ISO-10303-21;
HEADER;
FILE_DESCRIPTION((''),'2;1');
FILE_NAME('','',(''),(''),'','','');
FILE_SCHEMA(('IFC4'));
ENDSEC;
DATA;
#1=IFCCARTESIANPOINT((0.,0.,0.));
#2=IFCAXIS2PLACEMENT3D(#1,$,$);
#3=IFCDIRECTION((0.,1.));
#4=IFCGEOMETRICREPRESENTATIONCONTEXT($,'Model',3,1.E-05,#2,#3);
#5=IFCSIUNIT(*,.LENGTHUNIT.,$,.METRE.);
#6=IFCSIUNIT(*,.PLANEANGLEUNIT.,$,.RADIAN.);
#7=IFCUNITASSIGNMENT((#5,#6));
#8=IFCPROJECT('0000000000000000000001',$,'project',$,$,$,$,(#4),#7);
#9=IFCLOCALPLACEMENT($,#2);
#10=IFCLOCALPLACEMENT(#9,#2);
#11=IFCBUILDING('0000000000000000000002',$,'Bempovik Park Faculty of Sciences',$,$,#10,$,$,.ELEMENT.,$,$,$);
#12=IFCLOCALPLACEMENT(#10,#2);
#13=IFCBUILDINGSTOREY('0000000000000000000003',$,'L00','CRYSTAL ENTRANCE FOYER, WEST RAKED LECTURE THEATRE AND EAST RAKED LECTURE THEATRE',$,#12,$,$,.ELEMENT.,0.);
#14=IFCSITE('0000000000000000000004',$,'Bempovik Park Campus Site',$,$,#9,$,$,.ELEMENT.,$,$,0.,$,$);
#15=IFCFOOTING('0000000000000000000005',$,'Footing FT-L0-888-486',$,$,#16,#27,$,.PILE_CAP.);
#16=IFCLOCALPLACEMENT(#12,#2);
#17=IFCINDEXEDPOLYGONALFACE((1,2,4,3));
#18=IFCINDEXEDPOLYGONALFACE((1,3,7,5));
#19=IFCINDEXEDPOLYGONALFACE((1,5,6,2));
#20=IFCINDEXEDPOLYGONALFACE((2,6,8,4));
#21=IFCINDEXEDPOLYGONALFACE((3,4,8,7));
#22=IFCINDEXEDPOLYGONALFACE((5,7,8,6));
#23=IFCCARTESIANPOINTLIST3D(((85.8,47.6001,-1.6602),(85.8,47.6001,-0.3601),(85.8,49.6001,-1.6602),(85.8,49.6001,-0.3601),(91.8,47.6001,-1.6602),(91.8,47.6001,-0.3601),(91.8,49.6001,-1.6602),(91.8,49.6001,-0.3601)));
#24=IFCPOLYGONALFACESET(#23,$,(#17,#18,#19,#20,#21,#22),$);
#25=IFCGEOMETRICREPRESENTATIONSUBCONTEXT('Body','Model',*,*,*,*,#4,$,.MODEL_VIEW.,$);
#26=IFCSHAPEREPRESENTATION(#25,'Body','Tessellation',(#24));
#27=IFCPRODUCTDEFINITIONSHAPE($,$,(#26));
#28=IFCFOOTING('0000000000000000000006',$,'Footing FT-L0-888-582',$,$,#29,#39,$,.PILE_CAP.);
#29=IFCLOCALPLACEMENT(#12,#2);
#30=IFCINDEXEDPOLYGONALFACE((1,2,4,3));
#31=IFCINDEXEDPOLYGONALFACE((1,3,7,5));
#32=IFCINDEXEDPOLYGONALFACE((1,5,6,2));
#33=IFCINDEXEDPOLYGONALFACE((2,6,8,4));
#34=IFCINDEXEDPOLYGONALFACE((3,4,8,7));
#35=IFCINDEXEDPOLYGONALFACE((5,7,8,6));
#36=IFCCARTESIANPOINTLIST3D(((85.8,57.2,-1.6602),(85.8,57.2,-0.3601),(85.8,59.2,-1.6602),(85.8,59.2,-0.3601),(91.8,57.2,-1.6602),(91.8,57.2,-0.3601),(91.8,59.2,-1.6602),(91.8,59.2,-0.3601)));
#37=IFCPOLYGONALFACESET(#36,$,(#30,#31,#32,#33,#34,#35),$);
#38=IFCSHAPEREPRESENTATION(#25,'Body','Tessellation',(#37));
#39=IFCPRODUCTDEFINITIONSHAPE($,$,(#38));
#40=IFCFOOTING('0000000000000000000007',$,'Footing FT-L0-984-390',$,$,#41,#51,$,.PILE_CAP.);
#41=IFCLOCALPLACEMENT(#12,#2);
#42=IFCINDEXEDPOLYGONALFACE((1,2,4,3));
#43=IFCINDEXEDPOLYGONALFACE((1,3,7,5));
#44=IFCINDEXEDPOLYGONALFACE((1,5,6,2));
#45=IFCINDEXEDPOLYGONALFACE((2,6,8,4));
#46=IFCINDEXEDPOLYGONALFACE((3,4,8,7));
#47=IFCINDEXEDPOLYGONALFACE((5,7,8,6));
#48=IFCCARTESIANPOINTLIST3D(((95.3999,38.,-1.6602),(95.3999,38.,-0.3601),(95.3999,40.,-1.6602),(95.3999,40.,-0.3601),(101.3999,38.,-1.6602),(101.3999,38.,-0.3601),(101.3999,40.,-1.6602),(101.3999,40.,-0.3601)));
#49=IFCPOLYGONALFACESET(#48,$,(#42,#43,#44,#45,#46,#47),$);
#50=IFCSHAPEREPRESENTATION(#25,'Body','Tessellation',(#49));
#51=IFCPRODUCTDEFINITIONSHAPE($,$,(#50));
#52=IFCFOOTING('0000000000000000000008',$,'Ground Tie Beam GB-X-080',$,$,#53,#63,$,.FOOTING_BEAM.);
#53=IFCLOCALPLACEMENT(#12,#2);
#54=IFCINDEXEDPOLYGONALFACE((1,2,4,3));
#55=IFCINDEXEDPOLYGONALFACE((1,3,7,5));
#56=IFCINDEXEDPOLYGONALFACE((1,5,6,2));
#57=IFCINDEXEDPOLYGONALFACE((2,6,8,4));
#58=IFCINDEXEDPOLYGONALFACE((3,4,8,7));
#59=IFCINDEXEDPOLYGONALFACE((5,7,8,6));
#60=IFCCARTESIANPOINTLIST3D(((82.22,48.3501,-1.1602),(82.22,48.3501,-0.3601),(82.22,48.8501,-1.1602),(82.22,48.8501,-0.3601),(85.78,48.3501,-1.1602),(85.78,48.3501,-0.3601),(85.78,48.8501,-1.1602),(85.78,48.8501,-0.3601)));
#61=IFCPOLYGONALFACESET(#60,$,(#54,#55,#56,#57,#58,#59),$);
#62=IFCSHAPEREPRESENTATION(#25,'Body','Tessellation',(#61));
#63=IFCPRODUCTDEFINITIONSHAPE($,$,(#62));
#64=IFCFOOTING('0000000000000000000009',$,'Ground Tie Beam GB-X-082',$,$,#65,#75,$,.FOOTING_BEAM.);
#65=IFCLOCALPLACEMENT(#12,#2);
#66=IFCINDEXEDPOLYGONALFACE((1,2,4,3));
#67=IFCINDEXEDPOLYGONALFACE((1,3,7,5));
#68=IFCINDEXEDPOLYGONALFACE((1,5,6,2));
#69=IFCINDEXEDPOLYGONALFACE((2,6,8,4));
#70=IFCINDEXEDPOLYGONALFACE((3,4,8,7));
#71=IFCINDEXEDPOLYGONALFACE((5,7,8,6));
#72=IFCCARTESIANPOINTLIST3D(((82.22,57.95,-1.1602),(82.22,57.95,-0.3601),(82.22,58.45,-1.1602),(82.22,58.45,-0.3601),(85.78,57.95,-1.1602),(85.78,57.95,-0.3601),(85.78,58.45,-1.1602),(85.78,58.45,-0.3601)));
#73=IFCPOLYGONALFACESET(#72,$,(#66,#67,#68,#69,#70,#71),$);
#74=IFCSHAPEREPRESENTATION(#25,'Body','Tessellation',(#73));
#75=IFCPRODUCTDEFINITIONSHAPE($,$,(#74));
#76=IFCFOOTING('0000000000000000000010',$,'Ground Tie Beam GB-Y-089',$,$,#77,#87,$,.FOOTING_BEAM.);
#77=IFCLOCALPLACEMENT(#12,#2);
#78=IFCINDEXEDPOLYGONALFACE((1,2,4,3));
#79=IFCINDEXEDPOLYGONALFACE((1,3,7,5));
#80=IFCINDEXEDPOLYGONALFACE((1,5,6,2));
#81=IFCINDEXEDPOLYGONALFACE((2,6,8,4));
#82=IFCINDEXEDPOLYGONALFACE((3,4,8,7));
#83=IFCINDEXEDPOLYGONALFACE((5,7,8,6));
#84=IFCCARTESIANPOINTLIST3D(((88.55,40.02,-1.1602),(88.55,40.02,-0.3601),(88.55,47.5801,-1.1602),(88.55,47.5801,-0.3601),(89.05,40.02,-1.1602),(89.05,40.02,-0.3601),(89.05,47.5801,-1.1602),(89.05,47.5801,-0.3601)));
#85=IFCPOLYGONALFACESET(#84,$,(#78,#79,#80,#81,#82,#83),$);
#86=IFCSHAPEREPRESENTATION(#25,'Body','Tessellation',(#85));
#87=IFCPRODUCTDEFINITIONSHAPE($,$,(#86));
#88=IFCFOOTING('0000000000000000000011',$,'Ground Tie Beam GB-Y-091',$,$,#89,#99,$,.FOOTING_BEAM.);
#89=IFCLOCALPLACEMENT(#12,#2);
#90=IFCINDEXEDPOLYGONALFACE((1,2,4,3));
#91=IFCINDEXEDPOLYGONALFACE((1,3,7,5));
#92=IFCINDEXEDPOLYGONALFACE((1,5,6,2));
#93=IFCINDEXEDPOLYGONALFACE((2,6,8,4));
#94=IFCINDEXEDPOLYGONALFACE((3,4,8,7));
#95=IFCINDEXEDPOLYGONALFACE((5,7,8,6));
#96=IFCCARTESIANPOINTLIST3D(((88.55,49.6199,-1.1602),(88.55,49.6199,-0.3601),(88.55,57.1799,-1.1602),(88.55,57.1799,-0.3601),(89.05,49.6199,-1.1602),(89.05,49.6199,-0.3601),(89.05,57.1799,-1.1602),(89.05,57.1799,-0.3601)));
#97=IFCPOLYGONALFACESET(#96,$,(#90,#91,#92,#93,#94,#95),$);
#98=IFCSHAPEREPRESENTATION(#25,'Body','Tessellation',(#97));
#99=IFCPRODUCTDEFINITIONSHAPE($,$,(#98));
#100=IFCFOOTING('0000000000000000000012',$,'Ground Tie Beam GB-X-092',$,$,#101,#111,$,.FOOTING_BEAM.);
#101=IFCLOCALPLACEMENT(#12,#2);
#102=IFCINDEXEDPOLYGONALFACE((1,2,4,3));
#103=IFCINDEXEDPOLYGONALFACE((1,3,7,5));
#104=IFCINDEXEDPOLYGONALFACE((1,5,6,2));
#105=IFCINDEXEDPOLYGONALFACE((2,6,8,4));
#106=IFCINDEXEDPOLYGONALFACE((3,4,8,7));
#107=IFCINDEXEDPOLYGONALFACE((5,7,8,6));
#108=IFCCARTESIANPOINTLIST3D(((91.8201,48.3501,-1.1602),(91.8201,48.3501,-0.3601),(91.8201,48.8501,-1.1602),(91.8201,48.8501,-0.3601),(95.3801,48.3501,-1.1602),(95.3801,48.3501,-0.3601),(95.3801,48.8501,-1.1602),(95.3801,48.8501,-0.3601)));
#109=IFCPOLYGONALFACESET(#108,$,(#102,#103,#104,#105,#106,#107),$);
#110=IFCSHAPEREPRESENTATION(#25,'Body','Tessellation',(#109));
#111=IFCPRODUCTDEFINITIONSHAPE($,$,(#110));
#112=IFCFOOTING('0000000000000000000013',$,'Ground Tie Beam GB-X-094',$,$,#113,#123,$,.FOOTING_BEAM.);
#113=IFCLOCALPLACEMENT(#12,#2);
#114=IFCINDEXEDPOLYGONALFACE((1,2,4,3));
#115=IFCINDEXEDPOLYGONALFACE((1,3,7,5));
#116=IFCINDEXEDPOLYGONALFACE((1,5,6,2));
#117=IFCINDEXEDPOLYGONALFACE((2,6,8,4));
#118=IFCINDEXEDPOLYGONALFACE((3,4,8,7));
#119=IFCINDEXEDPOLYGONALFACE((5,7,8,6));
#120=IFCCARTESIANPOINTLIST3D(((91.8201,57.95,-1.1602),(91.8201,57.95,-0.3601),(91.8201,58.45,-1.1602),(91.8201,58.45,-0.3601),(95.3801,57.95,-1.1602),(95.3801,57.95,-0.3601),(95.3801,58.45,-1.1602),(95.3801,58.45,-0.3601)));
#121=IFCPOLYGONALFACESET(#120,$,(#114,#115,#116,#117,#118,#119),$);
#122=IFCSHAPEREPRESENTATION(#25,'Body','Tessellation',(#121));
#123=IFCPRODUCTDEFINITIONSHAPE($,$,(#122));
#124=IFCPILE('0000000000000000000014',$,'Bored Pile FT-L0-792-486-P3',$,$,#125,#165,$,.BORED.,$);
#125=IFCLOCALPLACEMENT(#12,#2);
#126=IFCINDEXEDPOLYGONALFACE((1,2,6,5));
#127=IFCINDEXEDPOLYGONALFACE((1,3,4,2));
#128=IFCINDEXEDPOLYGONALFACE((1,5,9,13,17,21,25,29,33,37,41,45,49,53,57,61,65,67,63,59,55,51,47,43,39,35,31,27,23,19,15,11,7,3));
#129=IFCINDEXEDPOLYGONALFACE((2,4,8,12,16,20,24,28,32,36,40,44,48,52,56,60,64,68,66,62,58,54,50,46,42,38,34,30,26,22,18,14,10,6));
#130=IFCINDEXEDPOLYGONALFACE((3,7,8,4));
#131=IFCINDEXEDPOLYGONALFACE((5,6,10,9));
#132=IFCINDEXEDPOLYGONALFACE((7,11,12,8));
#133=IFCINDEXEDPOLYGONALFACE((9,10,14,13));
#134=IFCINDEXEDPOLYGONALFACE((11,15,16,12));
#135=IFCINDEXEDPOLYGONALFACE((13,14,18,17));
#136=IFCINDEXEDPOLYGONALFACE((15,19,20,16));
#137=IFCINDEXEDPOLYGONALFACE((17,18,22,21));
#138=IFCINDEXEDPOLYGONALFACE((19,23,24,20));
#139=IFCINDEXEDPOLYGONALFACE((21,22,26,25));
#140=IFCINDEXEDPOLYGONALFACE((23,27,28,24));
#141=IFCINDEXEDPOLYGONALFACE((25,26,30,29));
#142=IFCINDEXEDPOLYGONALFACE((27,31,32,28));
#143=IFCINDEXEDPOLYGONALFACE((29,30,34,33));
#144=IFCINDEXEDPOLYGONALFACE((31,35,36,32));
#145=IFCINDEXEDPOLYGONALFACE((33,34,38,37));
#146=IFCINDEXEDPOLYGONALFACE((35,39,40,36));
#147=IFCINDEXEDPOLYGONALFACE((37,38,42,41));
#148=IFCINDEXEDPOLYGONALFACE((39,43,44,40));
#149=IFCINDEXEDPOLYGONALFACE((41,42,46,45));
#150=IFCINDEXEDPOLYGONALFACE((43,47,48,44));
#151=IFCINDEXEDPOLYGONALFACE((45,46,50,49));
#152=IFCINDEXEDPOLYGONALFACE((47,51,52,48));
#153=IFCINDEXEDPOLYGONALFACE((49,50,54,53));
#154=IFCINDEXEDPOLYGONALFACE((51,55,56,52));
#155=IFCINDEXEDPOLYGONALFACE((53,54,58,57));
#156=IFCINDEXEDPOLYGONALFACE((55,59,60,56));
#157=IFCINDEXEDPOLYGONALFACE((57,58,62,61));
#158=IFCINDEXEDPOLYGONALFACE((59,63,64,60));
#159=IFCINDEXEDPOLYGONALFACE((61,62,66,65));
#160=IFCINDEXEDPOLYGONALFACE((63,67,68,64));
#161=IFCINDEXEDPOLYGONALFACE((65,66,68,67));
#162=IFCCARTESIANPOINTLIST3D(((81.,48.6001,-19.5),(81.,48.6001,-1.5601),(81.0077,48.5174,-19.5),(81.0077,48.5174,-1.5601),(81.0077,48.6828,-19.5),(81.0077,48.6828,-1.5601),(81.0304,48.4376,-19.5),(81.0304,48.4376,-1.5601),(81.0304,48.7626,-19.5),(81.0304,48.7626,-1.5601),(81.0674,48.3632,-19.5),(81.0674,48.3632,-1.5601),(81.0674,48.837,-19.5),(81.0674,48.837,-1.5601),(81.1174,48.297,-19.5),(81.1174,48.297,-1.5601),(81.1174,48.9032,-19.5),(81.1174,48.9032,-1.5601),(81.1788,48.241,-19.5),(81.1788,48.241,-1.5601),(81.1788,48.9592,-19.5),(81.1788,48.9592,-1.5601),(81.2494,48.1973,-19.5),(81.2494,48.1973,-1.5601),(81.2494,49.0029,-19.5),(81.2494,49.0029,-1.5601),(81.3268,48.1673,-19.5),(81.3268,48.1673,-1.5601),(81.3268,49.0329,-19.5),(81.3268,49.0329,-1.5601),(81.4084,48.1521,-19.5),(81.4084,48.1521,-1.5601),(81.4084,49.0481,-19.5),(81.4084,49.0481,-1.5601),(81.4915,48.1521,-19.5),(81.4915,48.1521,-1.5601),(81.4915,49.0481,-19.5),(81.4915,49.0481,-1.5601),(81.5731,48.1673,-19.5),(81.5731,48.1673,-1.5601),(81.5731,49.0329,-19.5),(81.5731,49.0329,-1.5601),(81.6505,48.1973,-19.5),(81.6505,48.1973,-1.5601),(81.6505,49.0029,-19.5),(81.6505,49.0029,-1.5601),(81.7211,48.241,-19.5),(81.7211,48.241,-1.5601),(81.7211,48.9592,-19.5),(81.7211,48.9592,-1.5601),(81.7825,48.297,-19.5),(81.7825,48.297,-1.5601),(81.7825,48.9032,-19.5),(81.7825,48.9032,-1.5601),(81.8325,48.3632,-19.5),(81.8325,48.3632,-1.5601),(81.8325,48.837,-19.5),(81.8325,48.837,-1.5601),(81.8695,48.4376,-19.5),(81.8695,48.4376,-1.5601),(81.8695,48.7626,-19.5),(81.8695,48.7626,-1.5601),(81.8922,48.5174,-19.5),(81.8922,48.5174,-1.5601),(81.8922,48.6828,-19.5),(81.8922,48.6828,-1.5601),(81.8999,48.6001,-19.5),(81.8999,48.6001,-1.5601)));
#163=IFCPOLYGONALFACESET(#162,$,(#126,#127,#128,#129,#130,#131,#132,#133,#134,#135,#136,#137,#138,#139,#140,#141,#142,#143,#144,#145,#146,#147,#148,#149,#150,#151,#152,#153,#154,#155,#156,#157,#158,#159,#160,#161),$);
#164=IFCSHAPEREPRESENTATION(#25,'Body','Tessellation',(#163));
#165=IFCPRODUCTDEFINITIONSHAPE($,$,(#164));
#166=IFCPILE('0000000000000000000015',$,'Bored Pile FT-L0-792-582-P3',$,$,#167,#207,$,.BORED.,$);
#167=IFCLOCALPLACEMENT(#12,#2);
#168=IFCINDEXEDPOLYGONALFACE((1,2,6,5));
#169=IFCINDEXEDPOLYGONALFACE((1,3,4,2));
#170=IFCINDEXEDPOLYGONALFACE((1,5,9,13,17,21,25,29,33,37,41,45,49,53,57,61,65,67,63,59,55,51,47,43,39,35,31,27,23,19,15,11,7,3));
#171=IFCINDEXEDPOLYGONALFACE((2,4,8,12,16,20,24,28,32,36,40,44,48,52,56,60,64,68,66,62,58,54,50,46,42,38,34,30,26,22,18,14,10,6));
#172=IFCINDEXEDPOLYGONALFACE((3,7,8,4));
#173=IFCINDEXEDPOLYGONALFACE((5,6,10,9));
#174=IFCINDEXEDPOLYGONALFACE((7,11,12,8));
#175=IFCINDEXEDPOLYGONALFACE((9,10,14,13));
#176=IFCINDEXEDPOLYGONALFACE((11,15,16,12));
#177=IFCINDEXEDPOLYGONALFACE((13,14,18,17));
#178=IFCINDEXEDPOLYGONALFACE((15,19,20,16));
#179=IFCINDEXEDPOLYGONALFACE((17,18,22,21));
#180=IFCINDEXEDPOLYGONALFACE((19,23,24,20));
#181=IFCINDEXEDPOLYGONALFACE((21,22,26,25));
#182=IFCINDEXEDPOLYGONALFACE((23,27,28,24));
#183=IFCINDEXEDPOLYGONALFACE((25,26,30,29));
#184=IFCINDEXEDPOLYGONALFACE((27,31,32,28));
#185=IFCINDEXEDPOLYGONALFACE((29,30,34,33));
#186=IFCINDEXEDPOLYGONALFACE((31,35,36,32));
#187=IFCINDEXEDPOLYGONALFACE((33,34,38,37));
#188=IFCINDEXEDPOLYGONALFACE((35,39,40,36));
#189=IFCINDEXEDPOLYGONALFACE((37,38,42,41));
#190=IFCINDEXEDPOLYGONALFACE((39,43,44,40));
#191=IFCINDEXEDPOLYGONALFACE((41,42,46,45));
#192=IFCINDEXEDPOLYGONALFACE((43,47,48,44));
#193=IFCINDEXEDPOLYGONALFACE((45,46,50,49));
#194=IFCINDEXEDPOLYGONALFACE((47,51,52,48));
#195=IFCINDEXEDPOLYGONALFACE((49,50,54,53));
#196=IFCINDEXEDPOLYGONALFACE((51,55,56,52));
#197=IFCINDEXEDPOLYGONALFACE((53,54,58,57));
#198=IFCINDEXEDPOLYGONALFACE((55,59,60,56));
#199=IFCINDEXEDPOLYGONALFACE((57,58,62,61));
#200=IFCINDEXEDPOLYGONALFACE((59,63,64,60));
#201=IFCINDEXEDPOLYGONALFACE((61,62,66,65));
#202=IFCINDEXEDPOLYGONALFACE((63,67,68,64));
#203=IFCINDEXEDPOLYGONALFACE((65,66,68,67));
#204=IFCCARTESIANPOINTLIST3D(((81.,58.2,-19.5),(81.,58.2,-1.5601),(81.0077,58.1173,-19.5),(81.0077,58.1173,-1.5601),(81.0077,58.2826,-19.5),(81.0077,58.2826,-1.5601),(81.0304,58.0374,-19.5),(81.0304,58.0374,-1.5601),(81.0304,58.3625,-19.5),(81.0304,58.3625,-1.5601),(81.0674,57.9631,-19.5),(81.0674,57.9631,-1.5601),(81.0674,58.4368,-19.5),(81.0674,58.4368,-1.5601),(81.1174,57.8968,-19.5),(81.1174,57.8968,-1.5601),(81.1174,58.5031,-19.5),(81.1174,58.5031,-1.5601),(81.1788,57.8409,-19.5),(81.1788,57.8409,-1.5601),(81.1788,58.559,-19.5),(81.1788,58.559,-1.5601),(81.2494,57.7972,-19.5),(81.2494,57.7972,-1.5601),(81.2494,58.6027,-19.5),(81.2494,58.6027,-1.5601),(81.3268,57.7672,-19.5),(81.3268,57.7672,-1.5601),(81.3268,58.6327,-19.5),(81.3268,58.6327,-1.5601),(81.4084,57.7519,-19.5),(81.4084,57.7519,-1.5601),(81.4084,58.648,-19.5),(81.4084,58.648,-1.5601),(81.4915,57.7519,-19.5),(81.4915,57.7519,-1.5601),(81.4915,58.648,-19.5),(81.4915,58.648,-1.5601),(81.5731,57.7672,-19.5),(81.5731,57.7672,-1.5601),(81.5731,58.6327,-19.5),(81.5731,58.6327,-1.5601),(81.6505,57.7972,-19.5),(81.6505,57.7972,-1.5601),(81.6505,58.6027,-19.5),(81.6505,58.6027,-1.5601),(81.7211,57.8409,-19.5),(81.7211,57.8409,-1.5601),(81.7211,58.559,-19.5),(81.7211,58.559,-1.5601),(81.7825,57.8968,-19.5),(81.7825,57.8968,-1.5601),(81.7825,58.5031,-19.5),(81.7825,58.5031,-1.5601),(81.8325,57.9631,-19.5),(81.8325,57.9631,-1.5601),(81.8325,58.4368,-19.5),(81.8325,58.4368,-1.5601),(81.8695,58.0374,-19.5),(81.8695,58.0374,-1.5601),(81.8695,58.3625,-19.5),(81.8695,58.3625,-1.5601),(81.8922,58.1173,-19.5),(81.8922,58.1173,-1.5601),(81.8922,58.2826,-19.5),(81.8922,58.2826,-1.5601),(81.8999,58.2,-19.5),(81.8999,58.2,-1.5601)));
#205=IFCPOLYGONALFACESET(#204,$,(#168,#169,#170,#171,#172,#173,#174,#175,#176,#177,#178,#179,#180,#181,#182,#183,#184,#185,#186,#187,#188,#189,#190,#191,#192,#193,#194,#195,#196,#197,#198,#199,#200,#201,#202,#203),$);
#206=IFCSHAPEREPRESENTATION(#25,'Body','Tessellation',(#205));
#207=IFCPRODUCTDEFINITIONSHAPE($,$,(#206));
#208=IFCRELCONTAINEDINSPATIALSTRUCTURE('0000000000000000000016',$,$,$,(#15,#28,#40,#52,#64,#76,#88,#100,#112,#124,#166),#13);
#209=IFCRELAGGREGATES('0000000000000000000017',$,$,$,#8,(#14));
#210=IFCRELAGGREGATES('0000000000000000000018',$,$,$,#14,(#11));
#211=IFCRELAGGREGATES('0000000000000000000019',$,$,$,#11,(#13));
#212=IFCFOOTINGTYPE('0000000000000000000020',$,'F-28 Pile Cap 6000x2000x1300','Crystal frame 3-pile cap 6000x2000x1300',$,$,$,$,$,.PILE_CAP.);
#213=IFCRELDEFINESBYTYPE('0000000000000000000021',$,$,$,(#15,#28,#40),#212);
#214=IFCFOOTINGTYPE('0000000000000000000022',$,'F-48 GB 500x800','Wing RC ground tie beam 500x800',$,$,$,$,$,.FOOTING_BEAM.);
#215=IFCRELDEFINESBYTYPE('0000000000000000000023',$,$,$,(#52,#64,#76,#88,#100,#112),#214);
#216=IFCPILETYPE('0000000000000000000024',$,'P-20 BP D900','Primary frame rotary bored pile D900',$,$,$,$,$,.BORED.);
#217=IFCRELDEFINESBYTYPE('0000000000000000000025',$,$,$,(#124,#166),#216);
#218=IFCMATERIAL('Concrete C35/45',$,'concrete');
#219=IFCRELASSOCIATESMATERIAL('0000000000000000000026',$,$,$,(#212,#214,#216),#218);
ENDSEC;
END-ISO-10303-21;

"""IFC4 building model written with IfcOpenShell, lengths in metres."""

from ifc_helpers import new_model, si_unit, direction, frame, origin, origin_2d, place, context, subcontext, project, spatial, rectangle, circle, extrude, material, material_profile, profile_set, type_object, element, save


model = new_model("IFC4")

# Units and contexts
model_context = context("Model", 3, precision=1e-05, world=origin(), true_north=direction((0.0, 1.0)))
body_context = subcontext(model_context, "Body", "Model", "MODEL_VIEW")
ifc_project = project(units=[si_unit("LENGTHUNIT", "METRE"), si_unit("PLANEANGLEUNIT", "RADIAN")], contexts=[model_context])

# Site, building, storey
site_placement = place(None, origin())
site = spatial("IfcSite", under=ifc_project, at=site_placement, Name="Bempovik Park Campus Site", CompositionType="ELEMENT", RefElevation=0.0)
building_placement = place(site_placement, origin())
building = spatial("IfcBuilding", under=site, at=building_placement, Name="Bempovik Park Faculty of Sciences", CompositionType="ELEMENT")
storey_placement = place(building_placement, origin())
storey = spatial("IfcBuildingStorey", under=building, at=storey_placement, Name="L00", Description="CRYSTAL ENTRANCE FOYER, WEST RAKED LECTURE THEATRE AND EAST RAKED LECTURE THEATRE", CompositionType="ELEMENT", Elevation=0.0)

# Footings
ifc_material_1 = material(Name="Concrete C35/45", Category="concrete")
footing_type_1 = type_object("IfcFootingType", Name="F-28 Pile Cap 6000x2000x1300", Description="Crystal frame 3-pile cap 6000x2000x1300", PredefinedType="PILE_CAP", material=ifc_material_1)
for number, where, z_axis, x_axis, name in (
    (1, (88.8, 48.6001, -1.6602), (0.0, 0.0, 1.0), (1.0, 0.0, 0.0), "Footing FT-L0-888-486"),
    (2, (88.8, 58.2, -1.6602), (0.0, 0.0, 1.0), (1.0, 0.0, 0.0), "Footing FT-L0-888-582"),
    (3, (98.3999, 39.0, -1.6602), (0.0, 0.0, 1.0), (1.0, 0.0, 0.0), "Footing FT-L0-984-390"),
):
    element("IfcFooting", number, at=place(storey_placement, frame(where, z_axis=z_axis, x_axis=x_axis)), inside=storey, type_object=footing_type_1, Name=name, PredefinedType="PILE_CAP", context=body_context, shape_type="SweptSolid", body=[
        extrude(rectangle(XDim=6.0, YDim=2.0, at=origin_2d()), origin(), (0.0, 0.0, 1.0), 1.3),
    ])
footing_type_2 = type_object("IfcFootingType", Name="F-48 GB 500x800", Description="Wing RC ground tie beam 500x800", PredefinedType="FOOTING_BEAM", material=ifc_material_1)
for number, where, z_axis, x_axis, name in (
    (4, (84.0, 48.6001, -1.1602), (0.0, 0.0, 1.0), (1.0, 0.0, 0.0), "Ground Tie Beam GB-X-080"),
    (5, (84.0, 58.2, -1.1602), (0.0, 0.0, 1.0), (1.0, 0.0, 0.0), "Ground Tie Beam GB-X-082"),
):
    element("IfcFooting", number, at=place(storey_placement, frame(where, z_axis=z_axis, x_axis=x_axis)), inside=storey, type_object=footing_type_2, Name=name, PredefinedType="FOOTING_BEAM", context=body_context, shape_type="SweptSolid", body=[
        extrude(rectangle(XDim=3.5601, YDim=0.5, at=origin_2d()), origin(), (0.0, 0.0, 1.0), 0.8),
    ])
for number, where, z_axis, x_axis, name in (
    (6, (88.8, 43.8, -1.1602), (0.0, 0.0, 1.0), (1.0, 0.0, 0.0), "Ground Tie Beam GB-Y-089"),
    (7, (88.8, 53.3999, -1.1602), (0.0, 0.0, 1.0), (1.0, 0.0, 0.0), "Ground Tie Beam GB-Y-091"),
):
    element("IfcFooting", number, at=place(storey_placement, frame(where, z_axis=z_axis, x_axis=x_axis)), inside=storey, type_object=footing_type_2, Name=name, PredefinedType="FOOTING_BEAM", context=body_context, shape_type="SweptSolid", body=[
        extrude(rectangle(XDim=0.5, YDim=7.5601, at=origin_2d()), origin(), (0.0, 0.0, 1.0), 0.8),
    ])
for number, where, z_axis, x_axis, name in (
    (8, (93.6001, 48.6001, -1.1602), (0.0, 0.0, 1.0), (1.0, 0.0, 0.0), "Ground Tie Beam GB-X-092"),
    (9, (93.6001, 58.2, -1.1602), (0.0, 0.0, 1.0), (1.0, 0.0, 0.0), "Ground Tie Beam GB-X-094"),
):
    element("IfcFooting", number, at=place(storey_placement, frame(where, z_axis=z_axis, x_axis=x_axis)), inside=storey, type_object=footing_type_2, Name=name, PredefinedType="FOOTING_BEAM", context=body_context, shape_type="SweptSolid", body=[
        extrude(rectangle(XDim=3.5601, YDim=0.5, at=origin_2d()), origin(), (0.0, 0.0, 1.0), 0.8),
    ])

# Piles
ifc_material_profile_1 = material_profile(ifc_material_1, circle(Radius=0.45, at=origin_2d()), Name="BP D900")
ifc_profile_set_1 = profile_set([ifc_material_profile_1], Name="Concrete C35/45")
pile_type = type_object("IfcPileType", Name="P-20 BP D900", Description="Primary frame rotary bored pile D900", PredefinedType="BORED", material=ifc_profile_set_1)
for number, where, z_axis, x_axis, name in (
    (10, (81.45, 48.6001, -1.5601), (0.0, 0.0, -1.0), (1.0, 0.0, 0.0), "Bored Pile FT-L0-792-486-P3"),
    (11, (81.45, 58.2, -1.5601), (0.0, 0.0, -1.0), (1.0, 0.0, 0.0), "Bored Pile FT-L0-792-582-P3"),
):
    element("IfcPile", number, at=place(storey_placement, frame(where, z_axis=z_axis, x_axis=x_axis)), inside=storey, type_object=pile_type, Name=name, PredefinedType="BORED", context=body_context, shape_type="SweptSolid", body=[
        extrude(circle(Radius=0.45, at=origin_2d()), origin(), (0.0, 0.0, 1.0), 17.9399),
    ])

save(model, "model.ifc")
